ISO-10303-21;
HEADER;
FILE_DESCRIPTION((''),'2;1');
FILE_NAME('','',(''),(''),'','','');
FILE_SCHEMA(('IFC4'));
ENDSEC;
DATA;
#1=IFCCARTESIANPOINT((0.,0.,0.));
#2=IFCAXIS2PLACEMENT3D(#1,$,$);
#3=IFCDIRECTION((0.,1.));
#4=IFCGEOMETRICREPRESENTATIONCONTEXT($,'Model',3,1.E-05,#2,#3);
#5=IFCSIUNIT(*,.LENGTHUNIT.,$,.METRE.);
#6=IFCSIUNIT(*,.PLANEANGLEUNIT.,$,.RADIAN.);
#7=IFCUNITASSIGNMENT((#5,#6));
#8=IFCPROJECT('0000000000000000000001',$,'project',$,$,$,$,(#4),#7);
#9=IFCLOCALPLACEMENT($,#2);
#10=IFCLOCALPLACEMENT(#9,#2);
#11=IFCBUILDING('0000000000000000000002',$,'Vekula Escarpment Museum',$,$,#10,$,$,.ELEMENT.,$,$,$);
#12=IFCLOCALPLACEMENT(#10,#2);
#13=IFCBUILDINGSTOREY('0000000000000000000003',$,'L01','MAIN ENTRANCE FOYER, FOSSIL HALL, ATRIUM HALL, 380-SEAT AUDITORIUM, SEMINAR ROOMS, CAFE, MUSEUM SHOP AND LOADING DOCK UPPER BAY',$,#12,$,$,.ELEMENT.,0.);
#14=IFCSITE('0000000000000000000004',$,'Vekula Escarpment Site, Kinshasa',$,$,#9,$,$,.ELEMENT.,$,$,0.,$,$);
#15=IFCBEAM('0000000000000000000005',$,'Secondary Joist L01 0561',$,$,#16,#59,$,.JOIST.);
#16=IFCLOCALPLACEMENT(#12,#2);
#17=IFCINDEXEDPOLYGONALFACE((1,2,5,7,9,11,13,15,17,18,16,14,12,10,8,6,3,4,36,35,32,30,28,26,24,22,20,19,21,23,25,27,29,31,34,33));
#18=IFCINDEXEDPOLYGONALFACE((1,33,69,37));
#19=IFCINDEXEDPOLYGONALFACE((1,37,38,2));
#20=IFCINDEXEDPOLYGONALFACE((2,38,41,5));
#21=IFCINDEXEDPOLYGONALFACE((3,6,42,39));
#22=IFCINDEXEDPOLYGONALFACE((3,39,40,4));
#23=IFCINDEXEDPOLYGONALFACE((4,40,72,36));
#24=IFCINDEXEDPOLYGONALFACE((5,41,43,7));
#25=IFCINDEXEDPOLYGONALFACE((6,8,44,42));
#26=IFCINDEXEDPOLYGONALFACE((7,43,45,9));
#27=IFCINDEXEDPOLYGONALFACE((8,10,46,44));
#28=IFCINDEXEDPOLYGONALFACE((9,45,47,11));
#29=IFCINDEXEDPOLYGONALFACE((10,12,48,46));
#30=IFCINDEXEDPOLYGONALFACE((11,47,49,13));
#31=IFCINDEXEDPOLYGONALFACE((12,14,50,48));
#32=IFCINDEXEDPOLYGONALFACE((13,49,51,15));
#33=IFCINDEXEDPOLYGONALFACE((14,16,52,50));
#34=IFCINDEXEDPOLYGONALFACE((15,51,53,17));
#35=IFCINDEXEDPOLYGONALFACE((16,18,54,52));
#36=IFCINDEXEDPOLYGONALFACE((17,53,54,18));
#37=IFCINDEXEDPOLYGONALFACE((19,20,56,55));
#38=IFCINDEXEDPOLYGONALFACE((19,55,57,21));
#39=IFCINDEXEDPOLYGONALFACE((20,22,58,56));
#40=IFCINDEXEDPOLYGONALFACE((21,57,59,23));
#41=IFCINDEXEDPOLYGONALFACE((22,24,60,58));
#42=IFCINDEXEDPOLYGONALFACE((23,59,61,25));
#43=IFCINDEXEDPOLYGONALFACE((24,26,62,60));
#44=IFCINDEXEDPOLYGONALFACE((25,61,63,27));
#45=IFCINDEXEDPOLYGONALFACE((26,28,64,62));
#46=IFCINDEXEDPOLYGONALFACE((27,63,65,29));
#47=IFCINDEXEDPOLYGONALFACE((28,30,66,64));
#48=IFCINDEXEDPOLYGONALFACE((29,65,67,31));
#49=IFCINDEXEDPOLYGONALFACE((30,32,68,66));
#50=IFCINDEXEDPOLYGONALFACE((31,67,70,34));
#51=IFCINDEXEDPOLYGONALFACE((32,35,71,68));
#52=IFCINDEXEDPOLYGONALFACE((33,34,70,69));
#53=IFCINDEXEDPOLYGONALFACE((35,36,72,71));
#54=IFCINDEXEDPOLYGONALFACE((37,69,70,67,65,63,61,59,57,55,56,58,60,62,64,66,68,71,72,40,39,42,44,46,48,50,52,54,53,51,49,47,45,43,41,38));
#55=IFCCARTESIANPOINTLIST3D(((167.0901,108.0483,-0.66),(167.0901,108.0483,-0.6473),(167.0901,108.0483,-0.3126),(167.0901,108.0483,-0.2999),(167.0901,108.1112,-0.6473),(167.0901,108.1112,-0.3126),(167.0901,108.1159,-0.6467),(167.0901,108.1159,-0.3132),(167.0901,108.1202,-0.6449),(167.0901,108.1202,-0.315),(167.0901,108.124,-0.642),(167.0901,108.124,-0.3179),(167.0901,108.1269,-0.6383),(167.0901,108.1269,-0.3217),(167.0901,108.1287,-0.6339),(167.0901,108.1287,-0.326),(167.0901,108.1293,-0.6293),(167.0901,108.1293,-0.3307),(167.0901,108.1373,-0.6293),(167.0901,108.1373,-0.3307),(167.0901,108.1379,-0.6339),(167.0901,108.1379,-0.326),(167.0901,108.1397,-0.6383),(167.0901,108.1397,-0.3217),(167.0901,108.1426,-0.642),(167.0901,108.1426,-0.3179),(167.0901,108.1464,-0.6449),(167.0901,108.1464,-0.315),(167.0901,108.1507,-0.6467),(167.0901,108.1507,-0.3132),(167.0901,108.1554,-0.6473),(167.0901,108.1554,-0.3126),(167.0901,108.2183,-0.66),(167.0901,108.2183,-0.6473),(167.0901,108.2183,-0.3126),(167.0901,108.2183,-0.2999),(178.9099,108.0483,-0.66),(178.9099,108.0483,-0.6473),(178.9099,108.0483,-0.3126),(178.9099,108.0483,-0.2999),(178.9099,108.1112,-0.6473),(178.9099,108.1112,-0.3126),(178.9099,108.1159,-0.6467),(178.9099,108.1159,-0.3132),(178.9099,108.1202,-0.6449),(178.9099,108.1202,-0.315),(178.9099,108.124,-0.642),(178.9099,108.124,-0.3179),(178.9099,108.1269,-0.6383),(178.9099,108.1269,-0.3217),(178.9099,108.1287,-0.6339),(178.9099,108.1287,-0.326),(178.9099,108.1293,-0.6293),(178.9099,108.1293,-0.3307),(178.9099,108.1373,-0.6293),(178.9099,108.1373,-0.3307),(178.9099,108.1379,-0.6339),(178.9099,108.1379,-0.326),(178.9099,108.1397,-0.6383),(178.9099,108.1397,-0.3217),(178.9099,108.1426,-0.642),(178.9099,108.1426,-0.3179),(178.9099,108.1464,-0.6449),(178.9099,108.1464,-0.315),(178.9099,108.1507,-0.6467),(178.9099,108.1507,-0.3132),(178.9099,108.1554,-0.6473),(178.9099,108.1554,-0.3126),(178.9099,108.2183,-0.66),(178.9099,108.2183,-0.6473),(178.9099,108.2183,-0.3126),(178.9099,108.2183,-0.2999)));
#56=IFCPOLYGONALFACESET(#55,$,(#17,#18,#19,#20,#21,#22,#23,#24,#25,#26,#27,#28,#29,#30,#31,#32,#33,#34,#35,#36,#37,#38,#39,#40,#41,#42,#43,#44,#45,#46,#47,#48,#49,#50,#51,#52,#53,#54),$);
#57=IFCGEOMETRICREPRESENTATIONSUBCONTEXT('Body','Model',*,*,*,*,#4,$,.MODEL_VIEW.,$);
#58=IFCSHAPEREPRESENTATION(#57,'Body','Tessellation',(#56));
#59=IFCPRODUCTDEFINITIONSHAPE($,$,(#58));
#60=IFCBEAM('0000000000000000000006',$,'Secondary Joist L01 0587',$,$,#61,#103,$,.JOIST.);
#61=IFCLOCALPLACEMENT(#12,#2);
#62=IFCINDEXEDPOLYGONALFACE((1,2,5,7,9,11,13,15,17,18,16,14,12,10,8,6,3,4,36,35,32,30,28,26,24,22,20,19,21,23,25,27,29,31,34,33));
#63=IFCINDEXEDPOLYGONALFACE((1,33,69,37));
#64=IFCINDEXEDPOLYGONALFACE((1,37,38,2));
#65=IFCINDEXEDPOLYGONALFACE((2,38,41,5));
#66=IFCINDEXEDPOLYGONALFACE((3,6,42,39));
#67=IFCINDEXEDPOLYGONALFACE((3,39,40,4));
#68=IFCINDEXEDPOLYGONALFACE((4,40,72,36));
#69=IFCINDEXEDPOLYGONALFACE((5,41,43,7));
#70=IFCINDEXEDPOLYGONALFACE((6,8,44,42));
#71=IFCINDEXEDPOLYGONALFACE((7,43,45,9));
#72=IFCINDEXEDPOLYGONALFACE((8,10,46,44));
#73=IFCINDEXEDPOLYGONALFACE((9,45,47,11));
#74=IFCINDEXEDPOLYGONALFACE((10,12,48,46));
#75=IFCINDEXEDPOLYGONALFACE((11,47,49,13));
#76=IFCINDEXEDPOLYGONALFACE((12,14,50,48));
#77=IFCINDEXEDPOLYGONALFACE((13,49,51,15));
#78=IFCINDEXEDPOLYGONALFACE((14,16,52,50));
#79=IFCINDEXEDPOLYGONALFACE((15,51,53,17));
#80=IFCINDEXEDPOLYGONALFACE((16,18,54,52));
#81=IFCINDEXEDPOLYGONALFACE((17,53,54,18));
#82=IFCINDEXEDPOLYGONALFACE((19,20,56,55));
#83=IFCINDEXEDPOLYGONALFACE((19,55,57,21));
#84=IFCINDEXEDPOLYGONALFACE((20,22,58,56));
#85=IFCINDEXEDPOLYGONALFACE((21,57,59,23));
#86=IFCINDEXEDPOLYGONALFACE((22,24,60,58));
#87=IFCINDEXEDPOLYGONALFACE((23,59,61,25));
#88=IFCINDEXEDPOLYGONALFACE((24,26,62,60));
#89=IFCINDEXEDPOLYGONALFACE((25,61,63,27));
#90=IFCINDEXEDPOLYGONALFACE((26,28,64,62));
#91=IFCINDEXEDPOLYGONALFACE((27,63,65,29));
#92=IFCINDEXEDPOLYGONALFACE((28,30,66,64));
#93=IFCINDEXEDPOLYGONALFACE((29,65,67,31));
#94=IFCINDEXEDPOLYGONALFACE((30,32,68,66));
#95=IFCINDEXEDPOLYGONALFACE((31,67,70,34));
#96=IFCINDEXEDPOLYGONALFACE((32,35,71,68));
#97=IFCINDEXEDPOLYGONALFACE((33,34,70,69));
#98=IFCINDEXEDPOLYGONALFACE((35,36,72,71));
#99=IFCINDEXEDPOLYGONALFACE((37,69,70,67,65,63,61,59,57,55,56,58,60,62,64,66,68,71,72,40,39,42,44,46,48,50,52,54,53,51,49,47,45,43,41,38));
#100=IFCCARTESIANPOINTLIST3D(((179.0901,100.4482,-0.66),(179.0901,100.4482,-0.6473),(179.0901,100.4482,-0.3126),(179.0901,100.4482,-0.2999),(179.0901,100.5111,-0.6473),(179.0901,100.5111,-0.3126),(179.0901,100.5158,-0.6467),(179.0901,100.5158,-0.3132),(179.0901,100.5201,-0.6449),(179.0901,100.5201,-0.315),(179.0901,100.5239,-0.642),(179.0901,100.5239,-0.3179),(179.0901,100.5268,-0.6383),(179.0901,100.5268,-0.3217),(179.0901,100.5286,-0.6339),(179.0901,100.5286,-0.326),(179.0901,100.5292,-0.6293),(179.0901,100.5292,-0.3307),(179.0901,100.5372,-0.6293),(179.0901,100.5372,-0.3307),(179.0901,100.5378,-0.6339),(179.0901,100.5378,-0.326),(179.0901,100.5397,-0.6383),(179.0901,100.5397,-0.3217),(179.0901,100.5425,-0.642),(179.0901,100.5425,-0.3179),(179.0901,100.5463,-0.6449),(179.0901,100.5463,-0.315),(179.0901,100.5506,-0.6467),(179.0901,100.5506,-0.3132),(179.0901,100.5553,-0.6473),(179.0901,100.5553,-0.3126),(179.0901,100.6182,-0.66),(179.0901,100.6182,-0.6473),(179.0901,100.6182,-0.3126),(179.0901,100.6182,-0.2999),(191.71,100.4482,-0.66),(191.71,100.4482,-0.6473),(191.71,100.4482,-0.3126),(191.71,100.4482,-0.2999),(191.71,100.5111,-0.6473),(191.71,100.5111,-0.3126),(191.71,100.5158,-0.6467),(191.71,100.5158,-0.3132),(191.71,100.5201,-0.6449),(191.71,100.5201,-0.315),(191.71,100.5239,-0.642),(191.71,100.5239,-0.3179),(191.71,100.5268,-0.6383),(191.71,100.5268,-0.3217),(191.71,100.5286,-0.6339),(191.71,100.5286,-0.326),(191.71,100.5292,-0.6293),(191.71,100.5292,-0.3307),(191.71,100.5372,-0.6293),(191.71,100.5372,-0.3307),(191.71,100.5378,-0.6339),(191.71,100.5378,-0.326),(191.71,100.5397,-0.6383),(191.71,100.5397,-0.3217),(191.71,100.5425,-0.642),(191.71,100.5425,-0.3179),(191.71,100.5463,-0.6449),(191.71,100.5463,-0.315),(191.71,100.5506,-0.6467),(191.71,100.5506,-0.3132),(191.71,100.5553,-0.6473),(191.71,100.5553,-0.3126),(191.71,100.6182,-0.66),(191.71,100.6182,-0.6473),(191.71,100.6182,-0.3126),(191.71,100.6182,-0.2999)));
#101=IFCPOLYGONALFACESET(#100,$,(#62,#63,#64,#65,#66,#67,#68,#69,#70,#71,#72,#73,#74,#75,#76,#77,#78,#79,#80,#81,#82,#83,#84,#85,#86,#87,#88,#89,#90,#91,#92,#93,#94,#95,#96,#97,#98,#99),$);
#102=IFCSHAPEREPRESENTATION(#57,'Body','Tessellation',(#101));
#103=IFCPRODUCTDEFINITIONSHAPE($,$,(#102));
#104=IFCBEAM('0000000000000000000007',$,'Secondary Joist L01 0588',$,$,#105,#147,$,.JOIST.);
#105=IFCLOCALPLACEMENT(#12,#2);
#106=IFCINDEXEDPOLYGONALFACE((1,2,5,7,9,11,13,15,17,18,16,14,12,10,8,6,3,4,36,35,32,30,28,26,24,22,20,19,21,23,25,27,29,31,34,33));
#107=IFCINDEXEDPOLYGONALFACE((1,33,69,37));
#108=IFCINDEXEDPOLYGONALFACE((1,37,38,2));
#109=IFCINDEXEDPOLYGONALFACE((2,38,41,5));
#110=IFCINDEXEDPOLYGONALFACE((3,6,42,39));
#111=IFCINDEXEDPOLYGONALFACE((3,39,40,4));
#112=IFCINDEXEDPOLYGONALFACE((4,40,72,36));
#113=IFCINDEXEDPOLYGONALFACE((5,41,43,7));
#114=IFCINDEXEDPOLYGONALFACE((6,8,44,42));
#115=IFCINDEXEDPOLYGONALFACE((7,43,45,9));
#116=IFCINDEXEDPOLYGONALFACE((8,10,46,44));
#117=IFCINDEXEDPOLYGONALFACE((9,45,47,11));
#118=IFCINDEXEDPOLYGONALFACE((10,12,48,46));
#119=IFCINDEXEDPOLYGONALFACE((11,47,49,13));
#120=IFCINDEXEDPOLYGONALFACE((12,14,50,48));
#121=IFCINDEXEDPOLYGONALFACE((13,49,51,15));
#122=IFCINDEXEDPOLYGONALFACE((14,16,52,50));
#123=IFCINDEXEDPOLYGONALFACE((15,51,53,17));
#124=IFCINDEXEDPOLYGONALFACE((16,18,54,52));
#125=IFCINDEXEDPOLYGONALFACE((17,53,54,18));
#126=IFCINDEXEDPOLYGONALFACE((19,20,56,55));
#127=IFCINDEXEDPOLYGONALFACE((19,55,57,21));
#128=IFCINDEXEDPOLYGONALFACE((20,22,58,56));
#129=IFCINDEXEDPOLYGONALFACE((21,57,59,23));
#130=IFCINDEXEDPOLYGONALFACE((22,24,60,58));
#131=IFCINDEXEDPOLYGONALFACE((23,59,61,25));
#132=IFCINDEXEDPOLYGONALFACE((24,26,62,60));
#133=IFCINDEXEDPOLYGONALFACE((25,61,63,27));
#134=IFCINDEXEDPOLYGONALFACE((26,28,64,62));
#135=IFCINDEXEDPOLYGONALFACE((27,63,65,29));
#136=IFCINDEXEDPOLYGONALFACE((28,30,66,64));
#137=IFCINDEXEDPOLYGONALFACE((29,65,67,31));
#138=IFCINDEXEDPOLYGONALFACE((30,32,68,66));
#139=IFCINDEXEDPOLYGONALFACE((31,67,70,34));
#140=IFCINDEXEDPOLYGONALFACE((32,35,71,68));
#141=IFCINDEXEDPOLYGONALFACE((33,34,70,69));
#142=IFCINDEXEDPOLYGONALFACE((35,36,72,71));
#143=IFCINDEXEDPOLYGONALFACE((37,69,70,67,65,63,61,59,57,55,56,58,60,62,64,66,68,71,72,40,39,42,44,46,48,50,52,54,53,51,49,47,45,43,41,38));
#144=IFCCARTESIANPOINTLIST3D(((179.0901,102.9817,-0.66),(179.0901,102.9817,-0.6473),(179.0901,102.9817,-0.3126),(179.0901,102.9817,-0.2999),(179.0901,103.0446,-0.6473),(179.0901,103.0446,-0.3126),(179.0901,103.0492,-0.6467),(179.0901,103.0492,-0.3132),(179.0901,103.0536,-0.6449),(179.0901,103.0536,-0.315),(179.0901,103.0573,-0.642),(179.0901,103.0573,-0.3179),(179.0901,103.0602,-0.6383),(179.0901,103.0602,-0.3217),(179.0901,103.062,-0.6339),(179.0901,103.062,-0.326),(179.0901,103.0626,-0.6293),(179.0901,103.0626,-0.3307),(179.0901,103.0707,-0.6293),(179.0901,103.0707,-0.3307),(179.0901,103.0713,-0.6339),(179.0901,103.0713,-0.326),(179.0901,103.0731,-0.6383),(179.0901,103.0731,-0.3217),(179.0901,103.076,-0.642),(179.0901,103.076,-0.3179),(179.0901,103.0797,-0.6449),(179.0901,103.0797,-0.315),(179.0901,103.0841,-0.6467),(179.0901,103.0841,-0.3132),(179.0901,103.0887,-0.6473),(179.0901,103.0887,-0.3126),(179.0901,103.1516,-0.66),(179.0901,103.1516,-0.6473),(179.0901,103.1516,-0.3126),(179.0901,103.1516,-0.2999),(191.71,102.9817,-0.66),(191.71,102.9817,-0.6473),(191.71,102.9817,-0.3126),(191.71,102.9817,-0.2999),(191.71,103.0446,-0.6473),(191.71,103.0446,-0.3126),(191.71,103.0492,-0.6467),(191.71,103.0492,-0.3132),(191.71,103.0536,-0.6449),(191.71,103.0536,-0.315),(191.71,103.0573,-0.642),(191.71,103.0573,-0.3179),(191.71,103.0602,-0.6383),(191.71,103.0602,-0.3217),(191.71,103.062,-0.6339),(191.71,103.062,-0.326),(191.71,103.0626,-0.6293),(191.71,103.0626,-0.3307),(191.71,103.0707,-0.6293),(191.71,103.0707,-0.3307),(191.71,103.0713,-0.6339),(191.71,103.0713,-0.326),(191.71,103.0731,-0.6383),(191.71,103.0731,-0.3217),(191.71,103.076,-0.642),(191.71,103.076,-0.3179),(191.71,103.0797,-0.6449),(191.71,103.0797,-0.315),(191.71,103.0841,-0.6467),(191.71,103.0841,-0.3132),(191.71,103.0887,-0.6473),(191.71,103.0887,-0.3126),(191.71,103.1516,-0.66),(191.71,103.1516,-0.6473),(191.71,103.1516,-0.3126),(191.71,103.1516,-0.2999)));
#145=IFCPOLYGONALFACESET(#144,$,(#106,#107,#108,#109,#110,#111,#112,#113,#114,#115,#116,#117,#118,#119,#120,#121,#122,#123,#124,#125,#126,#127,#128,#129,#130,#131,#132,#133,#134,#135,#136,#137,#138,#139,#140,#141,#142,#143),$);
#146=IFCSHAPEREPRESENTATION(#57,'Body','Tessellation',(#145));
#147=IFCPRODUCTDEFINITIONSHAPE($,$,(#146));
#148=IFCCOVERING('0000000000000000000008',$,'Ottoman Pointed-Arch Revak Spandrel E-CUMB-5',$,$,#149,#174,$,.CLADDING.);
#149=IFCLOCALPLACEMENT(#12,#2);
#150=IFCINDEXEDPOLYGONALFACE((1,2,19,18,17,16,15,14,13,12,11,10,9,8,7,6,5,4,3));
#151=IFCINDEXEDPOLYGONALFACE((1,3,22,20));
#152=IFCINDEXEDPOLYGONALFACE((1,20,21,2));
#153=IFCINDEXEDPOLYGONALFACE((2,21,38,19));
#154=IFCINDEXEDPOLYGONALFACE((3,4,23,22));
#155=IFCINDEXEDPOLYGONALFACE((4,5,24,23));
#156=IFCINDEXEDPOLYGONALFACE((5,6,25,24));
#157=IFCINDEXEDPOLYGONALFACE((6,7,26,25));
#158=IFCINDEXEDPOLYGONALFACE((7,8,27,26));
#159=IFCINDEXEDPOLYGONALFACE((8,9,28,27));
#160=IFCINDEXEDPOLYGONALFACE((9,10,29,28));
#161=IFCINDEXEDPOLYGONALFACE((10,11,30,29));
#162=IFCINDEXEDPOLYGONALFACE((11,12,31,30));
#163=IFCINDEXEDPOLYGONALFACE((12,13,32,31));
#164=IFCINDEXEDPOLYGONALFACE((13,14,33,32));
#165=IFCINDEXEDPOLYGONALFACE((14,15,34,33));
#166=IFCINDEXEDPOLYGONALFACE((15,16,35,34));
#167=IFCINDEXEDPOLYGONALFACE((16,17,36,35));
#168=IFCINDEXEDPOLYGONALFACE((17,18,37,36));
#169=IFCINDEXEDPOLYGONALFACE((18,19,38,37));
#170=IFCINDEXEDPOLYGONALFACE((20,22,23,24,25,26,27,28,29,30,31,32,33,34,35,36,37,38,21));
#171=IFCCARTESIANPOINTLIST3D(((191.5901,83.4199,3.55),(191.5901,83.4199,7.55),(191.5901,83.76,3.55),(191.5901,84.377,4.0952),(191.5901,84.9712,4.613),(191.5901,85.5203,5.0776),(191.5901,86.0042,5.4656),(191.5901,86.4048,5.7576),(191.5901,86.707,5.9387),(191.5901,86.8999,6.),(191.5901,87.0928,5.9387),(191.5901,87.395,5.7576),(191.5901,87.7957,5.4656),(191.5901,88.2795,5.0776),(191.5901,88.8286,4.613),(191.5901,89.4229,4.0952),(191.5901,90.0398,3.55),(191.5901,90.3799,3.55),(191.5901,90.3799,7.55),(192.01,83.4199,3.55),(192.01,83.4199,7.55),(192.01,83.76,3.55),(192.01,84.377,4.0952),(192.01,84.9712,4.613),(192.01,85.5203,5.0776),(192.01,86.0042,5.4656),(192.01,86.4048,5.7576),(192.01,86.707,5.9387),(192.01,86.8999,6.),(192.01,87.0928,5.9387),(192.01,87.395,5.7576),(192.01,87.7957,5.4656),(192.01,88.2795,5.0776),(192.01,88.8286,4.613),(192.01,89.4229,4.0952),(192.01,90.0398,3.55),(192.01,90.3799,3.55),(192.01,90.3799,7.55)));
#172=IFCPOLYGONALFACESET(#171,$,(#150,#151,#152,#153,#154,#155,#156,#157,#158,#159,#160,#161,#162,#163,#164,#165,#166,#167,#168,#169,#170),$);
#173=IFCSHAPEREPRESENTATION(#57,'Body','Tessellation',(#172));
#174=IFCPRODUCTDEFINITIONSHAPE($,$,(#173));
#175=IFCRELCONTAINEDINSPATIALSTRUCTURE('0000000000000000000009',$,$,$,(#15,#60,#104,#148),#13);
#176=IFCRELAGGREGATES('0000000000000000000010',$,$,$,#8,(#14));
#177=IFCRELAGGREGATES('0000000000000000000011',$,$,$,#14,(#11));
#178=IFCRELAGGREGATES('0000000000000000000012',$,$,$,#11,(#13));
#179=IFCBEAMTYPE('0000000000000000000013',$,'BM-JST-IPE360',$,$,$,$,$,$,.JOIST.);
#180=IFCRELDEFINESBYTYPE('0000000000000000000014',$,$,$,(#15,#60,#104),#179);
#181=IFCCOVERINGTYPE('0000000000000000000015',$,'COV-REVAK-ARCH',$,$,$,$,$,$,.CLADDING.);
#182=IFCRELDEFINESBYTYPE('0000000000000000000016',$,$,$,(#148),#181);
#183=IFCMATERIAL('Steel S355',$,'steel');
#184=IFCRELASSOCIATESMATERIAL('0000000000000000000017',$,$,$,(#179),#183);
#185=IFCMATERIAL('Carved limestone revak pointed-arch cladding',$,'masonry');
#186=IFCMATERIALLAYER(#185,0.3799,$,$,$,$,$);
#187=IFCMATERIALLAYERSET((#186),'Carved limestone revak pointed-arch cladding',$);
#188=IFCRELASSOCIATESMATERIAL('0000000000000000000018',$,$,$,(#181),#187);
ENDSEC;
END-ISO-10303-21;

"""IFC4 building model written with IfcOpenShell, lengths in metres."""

from ifc_helpers import new_model, si_unit, direction, frame, origin, origin_2d, place, context, subcontext, project, spatial, polyline, i_section, outline, extrude, material, layer, layer_set, material_profile, profile_set, type_object, element, save


model = new_model("IFC4")

# Units and contexts
model_context = context("Model", 3, precision=1e-05, world=origin(), true_north=direction((0.0, 1.0)))
body_context = subcontext(model_context, "Body", "Model", "MODEL_VIEW")
ifc_project = project(units=[si_unit("LENGTHUNIT", "METRE"), si_unit("PLANEANGLEUNIT", "RADIAN")], contexts=[model_context])

# Site, building, storey
site_placement = place(None, origin())
site = spatial("IfcSite", under=ifc_project, at=site_placement, Name="Vekula Escarpment Site, Kinshasa", CompositionType="ELEMENT", RefElevation=0.0)
building_placement = place(site_placement, origin())
building = spatial("IfcBuilding", under=site, at=building_placement, Name="Vekula Escarpment Museum", CompositionType="ELEMENT")
storey_placement = place(building_placement, origin())
storey = spatial("IfcBuildingStorey", under=building, at=storey_placement, Name="L01", Description="MAIN ENTRANCE FOYER, FOSSIL HALL, ATRIUM HALL, 380-SEAT AUDITORIUM, SEMINAR ROOMS, CAFE, MUSEUM SHOP AND LOADING DOCK UPPER BAY", CompositionType="ELEMENT", Elevation=0.0)

# Beams
ifc_material_1 = material(Name="Steel S355", Category="steel")
ifc_material_profile_1 = material_profile(ifc_material_1, i_section(OverallWidth=0.1699, OverallDepth=0.3601, WebThickness=0.0081, FlangeThickness=0.0127, FilletRadius=0.0181, at=origin_2d()), Name="IPE 360")
ifc_profile_set_1 = profile_set([ifc_material_profile_1], Name="Steel S355")
beam_type_1 = type_object("IfcBeamType", Name="BM-JST-IPE360", PredefinedType="JOIST", material=ifc_profile_set_1)
beam_1_placement = place(storey_placement, frame((167.0901, 108.1333, -0.48), z_axis=(1.0, 0.0, 0.0), x_axis=(0.0, 1.0, 0.0)))
element("IfcBeam", 1, at=beam_1_placement, inside=storey, type_object=beam_type_1, Name="Secondary Joist L01 0561", PredefinedType="JOIST", context=body_context, shape_type="SweptSolid", body=[
    extrude(i_section(OverallWidth=0.1699, OverallDepth=0.3601, WebThickness=0.0081, FlangeThickness=0.0127, FilletRadius=0.0181, at=origin_2d()), origin(), (0.0, 0.0, 1.0), 11.8198),
])
for number, where, z_axis, x_axis, name in (
    (2, (179.0901, 100.5332, -0.48), (1.0, 0.0, 0.0), (0.0, 1.0, 0.0), "Secondary Joist L01 0587"),
    (3, (179.0901, 103.0667, -0.48), (1.0, 0.0, 0.0), (0.0, 1.0, 0.0), "Secondary Joist L01 0588"),
):
    element("IfcBeam", number, at=place(storey_placement, frame(where, z_axis=z_axis, x_axis=x_axis)), inside=storey, type_object=beam_type_1, Name=name, PredefinedType="JOIST", context=body_context, shape_type="SweptSolid", body=[
        extrude(i_section(OverallWidth=0.1699, OverallDepth=0.3601, WebThickness=0.0081, FlangeThickness=0.0127, FilletRadius=0.0181, at=origin_2d()), origin(), (0.0, 0.0, 1.0), 12.6199),
    ])

# Covering
ifc_material_2 = material(Name="Carved limestone revak pointed-arch cladding", Category="masonry")
ifc_layer = layer(ifc_material_2, 0.3799)
ifc_layer_set = layer_set([ifc_layer], Name="Carved limestone revak pointed-arch cladding")
covering_type = type_object("IfcCoveringType", Name="COV-REVAK-ARCH", PredefinedType="CLADDING", material=ifc_layer_set)
covering_1_placement = place(storey_placement, frame((191.5901, 86.8999, 3.55), z_axis=(1.0, 0.0, 0.0), x_axis=(0.0, 1.0, 0.0)))
element("IfcCovering", 4, at=covering_1_placement, inside=storey, type_object=covering_type, Name="Ottoman Pointed-Arch Revak Spandrel E-CUMB-5", PredefinedType="CLADDING", context=body_context, shape_type="SweptSolid", body=[
    extrude(outline(polyline([(-3.48, 4.0), (3.48, 4.0), (3.48, 0.0), (3.1399, 0.0), (2.5229, 0.5452), (1.9287, 1.063), (1.3796, 1.5276), (0.8958, 1.9155), (0.4951, 2.2075), (0.1929, 2.3887), (0.0, 2.45), (-0.1929, 2.3887), (-0.4951, 2.2075), (-0.8958, 1.9155), (-1.3796, 1.5276), (-1.9287, 1.063), (-2.5229, 0.5452), (-3.1399, 0.0), (-3.48, 0.0), (-3.48, 4.0)])), origin(), (0.0, 0.0, 1.0), 0.4199),
])

save(model, "model.ifc")
